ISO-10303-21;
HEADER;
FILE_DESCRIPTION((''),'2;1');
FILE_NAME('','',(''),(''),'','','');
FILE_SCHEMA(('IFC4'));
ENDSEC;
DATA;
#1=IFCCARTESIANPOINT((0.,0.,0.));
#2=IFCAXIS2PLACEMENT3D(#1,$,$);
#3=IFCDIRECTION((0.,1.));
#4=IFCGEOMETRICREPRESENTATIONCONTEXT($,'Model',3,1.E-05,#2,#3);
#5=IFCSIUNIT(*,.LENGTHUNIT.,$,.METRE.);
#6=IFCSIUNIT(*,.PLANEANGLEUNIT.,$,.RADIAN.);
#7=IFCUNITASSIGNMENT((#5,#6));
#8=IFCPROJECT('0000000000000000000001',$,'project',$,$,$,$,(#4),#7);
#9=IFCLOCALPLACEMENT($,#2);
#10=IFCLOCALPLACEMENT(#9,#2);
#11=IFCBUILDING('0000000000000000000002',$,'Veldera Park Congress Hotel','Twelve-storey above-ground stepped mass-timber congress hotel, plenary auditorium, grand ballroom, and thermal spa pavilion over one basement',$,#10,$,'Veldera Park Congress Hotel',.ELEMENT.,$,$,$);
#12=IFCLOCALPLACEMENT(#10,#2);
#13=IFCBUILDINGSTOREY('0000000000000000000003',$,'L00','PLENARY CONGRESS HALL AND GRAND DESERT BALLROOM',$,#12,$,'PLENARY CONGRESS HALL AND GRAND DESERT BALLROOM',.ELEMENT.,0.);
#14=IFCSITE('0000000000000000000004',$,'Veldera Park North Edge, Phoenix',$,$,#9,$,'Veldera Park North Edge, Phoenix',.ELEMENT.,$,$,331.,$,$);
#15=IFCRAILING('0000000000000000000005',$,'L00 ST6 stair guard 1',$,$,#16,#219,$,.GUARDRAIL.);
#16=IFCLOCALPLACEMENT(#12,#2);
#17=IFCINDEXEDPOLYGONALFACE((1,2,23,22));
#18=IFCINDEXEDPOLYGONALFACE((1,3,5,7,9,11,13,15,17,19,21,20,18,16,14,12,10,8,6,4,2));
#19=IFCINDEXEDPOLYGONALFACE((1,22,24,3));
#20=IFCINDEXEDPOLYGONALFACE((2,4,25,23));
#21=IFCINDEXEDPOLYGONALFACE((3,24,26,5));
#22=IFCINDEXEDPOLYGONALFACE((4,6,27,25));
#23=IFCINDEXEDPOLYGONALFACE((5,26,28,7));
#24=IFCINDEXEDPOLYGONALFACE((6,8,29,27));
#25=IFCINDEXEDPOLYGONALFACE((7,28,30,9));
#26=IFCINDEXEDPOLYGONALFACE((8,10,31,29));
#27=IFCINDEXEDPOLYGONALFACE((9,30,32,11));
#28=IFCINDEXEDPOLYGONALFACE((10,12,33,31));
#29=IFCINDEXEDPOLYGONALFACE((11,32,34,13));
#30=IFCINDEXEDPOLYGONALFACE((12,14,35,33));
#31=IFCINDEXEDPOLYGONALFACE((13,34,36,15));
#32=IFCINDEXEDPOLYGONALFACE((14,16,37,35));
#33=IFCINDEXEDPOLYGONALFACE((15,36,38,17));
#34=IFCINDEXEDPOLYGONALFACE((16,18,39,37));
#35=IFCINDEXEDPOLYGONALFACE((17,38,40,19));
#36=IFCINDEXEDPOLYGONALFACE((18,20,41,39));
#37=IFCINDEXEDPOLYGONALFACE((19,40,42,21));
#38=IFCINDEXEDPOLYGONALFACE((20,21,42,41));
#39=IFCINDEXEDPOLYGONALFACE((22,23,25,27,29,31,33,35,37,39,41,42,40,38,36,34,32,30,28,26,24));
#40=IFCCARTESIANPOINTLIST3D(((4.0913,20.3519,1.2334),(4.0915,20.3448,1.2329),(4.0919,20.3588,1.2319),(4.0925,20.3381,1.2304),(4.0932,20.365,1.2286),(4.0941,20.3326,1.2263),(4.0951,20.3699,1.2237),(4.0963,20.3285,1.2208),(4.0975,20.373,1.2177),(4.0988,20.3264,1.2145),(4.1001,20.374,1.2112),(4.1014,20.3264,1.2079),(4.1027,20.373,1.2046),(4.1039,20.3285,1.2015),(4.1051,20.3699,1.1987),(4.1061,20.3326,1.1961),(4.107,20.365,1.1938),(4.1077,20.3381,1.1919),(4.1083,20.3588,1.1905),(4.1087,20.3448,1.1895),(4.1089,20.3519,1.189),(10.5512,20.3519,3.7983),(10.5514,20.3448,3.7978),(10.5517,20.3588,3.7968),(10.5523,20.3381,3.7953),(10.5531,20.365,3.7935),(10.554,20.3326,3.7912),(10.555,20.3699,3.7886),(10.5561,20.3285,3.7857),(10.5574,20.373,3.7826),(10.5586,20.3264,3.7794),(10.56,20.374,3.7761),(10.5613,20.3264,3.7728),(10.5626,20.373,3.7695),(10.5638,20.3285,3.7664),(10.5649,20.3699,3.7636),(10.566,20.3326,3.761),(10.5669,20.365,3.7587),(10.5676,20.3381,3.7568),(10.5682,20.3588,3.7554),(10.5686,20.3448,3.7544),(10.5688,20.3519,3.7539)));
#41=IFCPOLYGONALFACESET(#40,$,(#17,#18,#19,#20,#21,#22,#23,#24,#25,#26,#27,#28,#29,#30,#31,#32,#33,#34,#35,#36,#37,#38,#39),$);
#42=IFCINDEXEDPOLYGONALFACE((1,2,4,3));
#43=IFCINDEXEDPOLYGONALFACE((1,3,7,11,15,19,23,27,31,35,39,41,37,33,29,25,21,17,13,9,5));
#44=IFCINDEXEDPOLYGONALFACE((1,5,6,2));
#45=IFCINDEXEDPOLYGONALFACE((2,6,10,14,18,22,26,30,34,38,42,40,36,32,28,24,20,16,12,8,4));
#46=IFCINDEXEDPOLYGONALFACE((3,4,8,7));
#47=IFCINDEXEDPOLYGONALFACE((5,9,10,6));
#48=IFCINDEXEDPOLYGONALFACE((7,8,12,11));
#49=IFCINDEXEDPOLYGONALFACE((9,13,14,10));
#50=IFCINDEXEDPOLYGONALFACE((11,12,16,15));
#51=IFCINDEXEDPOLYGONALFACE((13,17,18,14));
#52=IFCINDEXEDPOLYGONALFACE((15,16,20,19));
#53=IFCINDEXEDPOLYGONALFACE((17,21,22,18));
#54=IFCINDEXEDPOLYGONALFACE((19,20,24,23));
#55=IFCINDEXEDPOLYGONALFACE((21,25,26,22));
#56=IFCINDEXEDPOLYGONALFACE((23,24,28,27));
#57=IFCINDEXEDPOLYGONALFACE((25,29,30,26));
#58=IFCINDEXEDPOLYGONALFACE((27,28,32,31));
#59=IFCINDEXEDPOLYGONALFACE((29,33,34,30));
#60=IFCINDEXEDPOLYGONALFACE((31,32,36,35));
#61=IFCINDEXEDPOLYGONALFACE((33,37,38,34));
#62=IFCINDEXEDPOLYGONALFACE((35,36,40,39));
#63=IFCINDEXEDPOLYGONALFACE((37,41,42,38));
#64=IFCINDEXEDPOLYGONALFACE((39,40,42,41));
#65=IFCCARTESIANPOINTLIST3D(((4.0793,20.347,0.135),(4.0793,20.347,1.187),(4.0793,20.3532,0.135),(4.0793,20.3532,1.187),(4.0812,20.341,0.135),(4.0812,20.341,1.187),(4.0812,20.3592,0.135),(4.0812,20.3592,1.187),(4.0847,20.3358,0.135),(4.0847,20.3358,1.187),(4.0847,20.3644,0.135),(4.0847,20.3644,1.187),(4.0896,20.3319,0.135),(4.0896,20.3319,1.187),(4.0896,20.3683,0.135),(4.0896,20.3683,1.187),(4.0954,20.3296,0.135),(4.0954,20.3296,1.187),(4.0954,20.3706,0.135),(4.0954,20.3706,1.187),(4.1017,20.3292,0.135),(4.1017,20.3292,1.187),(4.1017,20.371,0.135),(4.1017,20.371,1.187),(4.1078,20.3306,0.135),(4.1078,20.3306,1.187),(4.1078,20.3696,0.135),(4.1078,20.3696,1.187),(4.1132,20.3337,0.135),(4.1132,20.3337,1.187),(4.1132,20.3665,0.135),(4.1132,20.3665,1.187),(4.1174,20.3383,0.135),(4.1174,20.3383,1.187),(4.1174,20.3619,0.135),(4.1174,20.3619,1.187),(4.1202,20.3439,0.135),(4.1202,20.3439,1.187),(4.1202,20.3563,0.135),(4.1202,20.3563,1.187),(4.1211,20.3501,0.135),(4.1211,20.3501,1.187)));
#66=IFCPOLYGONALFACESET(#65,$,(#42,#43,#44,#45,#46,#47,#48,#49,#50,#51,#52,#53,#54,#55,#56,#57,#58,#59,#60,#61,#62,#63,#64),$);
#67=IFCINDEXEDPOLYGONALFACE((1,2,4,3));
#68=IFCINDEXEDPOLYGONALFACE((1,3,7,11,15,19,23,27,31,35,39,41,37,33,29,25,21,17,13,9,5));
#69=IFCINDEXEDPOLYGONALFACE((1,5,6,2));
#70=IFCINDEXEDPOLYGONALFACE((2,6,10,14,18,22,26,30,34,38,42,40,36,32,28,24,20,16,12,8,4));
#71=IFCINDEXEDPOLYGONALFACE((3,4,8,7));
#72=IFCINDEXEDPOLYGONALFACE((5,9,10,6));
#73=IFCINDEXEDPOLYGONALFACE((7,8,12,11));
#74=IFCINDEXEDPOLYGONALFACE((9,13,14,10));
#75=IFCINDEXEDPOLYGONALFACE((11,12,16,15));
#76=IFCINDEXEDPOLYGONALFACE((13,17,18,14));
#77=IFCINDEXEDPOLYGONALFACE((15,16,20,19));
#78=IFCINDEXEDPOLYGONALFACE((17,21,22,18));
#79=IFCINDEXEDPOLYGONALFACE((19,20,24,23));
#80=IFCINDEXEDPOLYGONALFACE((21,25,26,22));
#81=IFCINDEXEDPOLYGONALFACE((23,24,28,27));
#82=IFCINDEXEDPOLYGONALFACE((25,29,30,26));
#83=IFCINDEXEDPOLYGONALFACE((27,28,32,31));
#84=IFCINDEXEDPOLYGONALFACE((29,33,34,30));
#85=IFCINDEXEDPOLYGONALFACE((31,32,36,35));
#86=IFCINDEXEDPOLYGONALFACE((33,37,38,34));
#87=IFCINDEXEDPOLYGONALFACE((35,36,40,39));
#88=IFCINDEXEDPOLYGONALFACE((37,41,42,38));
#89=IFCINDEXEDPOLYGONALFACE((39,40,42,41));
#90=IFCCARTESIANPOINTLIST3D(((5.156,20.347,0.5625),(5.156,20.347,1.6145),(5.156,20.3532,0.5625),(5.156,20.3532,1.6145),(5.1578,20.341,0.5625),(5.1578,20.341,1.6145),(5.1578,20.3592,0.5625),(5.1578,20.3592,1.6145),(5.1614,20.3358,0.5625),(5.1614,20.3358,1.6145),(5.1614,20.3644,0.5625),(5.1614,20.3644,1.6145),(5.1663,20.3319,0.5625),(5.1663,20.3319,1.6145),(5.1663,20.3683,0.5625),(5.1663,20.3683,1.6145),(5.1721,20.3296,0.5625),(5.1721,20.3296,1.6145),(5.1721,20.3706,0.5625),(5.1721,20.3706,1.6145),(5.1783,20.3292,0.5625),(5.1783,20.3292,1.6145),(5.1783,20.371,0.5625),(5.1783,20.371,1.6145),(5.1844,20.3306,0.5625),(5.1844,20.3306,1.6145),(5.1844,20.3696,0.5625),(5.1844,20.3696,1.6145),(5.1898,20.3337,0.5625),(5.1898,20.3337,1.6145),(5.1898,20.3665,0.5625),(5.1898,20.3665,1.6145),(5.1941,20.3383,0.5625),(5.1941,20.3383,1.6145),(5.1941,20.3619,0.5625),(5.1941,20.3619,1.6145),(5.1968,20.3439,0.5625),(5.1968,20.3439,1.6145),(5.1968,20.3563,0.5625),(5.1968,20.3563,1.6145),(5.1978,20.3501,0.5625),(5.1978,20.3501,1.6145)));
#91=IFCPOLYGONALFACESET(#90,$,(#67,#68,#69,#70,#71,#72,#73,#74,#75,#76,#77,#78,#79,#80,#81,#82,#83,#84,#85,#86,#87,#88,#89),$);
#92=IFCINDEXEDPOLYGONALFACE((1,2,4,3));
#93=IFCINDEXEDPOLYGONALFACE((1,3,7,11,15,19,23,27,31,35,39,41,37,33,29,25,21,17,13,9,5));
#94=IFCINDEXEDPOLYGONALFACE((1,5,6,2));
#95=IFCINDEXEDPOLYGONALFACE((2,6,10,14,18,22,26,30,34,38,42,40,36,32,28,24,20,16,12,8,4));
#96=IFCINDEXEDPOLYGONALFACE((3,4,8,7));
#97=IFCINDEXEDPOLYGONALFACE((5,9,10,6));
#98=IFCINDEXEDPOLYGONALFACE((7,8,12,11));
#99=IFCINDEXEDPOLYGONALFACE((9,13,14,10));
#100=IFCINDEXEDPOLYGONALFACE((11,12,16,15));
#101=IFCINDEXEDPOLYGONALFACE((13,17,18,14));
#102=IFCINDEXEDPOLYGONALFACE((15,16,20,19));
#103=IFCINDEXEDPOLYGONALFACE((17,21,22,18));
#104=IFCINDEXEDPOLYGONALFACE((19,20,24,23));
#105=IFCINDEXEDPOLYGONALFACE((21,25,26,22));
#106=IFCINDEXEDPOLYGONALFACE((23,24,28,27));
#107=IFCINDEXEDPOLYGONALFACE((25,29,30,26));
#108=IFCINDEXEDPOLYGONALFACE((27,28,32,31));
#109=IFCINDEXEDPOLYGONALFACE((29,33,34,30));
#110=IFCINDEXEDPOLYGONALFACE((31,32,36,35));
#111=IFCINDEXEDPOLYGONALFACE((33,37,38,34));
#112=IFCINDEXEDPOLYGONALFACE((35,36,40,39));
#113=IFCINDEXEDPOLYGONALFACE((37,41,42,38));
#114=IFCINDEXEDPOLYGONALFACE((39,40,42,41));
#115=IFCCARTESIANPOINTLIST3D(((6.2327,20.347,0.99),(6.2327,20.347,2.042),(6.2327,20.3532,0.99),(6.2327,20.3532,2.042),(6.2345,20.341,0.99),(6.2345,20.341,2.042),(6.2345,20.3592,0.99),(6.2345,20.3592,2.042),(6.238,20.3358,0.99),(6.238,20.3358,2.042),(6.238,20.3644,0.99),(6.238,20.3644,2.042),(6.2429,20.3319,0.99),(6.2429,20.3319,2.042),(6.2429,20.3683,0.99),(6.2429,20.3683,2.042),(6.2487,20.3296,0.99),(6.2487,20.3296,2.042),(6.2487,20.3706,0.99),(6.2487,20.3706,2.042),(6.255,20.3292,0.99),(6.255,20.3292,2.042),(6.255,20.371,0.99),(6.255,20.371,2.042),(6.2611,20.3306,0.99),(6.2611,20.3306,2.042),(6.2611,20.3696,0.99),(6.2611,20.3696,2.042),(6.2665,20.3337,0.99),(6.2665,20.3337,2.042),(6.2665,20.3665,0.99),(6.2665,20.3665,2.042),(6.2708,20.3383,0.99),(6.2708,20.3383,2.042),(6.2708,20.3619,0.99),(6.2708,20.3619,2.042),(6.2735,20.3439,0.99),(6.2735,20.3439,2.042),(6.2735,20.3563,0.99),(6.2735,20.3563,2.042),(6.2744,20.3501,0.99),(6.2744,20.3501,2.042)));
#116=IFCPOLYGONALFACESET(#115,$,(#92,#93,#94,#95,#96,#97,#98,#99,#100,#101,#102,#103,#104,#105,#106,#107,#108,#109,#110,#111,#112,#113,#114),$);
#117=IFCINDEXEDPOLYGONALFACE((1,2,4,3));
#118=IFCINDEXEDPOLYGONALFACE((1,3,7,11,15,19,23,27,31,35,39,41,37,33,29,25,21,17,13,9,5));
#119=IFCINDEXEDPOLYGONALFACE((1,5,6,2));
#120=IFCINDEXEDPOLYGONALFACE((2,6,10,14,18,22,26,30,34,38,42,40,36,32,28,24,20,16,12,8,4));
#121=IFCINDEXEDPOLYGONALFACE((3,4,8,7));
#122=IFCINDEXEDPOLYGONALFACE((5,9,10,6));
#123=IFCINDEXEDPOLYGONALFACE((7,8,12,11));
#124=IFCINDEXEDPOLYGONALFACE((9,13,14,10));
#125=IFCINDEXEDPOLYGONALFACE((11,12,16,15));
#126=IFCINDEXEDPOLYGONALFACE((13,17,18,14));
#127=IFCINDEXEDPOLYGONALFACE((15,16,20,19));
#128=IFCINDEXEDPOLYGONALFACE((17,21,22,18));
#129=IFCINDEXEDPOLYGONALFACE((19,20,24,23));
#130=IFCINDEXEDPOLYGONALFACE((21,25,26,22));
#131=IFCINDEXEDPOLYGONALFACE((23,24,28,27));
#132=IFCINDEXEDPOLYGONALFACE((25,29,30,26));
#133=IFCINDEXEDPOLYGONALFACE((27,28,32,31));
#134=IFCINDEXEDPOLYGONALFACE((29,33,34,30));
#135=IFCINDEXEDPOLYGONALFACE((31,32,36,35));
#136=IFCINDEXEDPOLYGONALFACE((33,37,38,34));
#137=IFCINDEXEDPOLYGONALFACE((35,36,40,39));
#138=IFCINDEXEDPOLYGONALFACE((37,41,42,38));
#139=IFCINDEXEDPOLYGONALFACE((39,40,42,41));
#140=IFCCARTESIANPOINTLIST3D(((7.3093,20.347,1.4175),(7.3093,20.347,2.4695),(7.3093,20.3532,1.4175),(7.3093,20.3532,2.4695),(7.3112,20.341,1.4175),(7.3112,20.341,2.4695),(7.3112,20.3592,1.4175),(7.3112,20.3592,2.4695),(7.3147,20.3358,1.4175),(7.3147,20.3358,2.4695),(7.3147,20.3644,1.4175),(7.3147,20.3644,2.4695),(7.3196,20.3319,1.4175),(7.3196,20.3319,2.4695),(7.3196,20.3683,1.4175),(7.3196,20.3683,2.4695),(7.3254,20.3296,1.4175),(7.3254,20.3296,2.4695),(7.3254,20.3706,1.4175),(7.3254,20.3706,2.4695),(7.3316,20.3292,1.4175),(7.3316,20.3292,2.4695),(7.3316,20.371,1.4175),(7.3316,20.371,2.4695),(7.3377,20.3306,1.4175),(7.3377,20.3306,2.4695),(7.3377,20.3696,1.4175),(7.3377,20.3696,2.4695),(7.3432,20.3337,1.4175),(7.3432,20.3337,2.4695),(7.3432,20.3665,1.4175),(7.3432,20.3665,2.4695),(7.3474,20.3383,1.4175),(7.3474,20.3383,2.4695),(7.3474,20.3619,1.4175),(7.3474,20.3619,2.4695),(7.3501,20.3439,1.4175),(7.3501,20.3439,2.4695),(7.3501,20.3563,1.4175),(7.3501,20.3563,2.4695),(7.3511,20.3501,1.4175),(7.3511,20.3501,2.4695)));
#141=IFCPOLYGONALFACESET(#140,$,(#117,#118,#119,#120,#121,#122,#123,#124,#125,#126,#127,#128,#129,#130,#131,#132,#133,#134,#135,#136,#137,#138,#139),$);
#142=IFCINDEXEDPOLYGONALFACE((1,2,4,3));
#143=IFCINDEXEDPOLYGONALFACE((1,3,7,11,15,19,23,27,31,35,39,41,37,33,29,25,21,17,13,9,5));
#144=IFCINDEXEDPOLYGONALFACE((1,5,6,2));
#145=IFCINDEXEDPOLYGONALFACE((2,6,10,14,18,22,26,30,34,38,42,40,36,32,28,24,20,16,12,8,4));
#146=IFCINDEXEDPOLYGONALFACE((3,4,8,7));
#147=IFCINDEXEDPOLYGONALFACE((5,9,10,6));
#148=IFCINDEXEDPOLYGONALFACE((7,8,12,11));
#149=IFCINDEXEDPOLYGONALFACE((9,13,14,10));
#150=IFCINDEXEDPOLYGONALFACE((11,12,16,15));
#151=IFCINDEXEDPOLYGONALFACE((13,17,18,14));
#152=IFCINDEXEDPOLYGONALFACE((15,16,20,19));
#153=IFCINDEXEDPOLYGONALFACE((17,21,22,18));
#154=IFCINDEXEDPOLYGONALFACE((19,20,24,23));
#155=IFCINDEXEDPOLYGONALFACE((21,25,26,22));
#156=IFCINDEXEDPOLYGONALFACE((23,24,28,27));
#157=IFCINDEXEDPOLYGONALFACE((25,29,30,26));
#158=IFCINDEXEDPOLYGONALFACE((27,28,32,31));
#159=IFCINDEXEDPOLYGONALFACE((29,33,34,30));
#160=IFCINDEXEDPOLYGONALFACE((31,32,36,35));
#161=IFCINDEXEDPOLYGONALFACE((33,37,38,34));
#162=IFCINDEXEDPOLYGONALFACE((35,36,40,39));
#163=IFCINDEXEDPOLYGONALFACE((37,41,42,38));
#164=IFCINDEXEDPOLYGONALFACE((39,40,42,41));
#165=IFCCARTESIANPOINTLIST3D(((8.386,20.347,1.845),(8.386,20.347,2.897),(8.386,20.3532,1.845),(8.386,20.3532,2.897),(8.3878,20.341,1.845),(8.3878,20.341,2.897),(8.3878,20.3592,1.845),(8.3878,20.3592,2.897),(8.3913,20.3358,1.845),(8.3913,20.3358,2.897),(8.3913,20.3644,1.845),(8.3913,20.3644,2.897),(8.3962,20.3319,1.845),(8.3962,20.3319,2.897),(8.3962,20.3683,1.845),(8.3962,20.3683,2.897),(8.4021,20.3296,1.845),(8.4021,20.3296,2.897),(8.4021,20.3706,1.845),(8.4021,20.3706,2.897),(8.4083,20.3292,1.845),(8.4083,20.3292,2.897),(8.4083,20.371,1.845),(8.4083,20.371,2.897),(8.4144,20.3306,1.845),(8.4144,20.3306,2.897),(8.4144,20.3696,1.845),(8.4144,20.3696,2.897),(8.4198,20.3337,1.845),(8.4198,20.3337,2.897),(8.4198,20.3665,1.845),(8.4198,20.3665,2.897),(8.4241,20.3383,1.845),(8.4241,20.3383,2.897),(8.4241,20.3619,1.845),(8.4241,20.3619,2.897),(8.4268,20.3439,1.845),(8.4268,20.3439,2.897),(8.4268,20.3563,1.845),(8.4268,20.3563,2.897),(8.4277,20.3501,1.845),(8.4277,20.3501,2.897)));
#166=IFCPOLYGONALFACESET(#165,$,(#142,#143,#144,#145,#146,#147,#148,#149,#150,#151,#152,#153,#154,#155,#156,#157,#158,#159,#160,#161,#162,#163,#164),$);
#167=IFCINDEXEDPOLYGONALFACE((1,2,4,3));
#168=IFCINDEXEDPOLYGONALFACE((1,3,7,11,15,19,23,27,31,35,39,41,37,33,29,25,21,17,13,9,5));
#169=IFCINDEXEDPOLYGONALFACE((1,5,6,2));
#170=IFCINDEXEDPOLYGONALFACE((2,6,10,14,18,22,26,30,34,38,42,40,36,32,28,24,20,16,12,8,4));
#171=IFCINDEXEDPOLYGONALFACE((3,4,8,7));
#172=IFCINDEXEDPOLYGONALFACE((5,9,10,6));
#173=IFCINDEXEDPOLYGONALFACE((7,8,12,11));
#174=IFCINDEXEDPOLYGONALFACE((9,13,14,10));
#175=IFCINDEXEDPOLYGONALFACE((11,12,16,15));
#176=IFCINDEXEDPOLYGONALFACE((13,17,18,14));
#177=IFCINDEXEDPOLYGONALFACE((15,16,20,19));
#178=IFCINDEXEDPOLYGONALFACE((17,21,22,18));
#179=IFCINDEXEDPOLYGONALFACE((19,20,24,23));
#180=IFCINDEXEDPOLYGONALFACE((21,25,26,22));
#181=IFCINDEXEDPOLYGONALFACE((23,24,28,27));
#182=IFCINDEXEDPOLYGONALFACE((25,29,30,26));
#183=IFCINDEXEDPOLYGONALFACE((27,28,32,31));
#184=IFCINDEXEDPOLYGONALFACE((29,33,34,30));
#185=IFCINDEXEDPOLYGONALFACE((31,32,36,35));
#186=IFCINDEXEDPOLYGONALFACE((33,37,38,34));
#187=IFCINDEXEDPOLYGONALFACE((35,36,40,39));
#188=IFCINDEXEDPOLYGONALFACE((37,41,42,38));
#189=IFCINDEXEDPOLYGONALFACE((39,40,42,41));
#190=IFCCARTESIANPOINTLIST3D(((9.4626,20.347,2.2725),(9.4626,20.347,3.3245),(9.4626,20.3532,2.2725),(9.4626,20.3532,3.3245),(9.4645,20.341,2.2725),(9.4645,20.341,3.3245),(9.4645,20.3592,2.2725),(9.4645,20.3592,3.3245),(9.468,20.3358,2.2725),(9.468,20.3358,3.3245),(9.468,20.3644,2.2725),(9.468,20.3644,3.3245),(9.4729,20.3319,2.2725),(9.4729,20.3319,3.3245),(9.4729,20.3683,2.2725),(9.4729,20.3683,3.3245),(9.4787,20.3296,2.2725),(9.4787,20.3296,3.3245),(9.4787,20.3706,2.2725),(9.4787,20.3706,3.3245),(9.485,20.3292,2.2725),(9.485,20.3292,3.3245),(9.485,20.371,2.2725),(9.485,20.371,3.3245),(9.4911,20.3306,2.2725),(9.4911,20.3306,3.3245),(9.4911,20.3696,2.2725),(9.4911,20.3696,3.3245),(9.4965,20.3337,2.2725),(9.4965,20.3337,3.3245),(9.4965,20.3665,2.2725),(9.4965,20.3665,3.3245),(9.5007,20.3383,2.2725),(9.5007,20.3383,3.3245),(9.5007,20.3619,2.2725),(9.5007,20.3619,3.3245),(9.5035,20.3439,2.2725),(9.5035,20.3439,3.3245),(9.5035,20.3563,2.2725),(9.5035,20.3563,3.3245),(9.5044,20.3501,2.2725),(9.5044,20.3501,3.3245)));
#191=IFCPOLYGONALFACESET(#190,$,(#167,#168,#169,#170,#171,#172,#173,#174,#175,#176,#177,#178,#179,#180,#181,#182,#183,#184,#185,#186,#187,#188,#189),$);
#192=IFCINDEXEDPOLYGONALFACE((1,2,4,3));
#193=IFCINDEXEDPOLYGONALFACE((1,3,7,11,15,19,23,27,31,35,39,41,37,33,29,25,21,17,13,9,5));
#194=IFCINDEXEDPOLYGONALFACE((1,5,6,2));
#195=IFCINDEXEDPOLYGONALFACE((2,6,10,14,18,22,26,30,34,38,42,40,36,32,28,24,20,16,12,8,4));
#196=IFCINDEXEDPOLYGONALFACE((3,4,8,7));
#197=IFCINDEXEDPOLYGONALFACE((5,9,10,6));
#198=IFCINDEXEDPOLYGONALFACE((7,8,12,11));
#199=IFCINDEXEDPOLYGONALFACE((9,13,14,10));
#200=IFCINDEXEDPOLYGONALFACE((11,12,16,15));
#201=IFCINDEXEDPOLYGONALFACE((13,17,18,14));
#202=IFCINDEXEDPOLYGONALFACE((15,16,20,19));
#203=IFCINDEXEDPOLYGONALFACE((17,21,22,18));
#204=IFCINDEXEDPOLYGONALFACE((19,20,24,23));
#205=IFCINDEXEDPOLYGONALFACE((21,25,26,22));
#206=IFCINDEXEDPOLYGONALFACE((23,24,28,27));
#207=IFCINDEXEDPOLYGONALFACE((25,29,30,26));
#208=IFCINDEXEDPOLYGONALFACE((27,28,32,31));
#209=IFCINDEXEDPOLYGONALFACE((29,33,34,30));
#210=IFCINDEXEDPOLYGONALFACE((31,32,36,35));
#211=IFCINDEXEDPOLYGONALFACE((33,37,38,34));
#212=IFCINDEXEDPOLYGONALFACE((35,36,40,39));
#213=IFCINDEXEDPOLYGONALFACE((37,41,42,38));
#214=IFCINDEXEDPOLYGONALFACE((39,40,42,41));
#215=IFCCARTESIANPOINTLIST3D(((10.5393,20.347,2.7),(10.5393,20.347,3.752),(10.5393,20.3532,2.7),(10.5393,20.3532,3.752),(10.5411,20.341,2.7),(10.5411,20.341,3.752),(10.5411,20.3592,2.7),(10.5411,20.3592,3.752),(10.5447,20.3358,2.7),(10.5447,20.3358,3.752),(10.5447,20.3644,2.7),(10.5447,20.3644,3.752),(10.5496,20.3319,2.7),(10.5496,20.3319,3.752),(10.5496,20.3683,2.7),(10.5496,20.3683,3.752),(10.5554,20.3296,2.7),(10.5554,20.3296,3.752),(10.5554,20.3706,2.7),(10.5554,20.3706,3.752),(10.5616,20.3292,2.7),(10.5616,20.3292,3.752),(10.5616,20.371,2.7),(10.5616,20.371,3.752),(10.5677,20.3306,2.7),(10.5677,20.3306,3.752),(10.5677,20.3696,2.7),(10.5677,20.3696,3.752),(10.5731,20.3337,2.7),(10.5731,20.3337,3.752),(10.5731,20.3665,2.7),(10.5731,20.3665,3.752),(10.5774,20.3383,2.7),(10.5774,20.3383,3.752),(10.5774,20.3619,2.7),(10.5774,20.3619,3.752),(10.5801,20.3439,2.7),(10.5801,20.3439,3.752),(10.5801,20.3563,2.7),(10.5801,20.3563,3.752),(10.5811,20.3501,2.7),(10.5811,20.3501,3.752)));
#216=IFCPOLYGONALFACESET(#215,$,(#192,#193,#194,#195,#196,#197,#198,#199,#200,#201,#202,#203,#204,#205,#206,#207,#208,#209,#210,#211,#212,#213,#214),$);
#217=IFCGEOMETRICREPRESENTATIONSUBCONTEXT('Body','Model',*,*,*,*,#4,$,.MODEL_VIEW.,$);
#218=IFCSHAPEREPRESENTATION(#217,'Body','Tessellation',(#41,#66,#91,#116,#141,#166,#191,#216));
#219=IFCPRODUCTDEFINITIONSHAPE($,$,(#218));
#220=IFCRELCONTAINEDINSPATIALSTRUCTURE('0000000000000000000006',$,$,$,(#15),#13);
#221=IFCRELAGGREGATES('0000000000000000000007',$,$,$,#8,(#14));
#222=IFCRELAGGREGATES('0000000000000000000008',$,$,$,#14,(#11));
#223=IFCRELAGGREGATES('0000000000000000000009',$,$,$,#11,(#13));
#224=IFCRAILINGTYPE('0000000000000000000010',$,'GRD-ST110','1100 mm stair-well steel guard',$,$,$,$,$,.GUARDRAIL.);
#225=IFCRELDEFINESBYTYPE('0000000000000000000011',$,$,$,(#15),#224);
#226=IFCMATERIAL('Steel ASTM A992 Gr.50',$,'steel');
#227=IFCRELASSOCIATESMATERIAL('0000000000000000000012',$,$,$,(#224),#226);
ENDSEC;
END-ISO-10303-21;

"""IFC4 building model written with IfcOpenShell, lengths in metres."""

from ifc_helpers import new_model, si_unit, direction, frame, origin, origin_2d, place, context, subcontext, project, spatial, circle, extrude, material, type_object, element, save


model = new_model("IFC4")

# Units and contexts
model_context = context("Model", 3, precision=1e-05, world=origin(), true_north=direction((0.0, 1.0)))
body_context = subcontext(model_context, "Body", "Model", "MODEL_VIEW")
ifc_project = project(units=[si_unit("LENGTHUNIT", "METRE"), si_unit("PLANEANGLEUNIT", "RADIAN")], contexts=[model_context])

# Site, building, storey
site_placement = place(None, origin())
site = spatial("IfcSite", under=ifc_project, at=site_placement, Name="Veldera Park North Edge, Phoenix", LongName="Veldera Park North Edge, Phoenix", CompositionType="ELEMENT", RefElevation=331.0)
building_placement = place(site_placement, origin())
building = spatial("IfcBuilding", under=site, at=building_placement, Name="Veldera Park Congress Hotel", Description="Twelve-storey above-ground stepped mass-timber congress hotel, plenary auditorium, grand ballroom, and thermal spa pavilion over one basement", LongName="Veldera Park Congress Hotel", CompositionType="ELEMENT")
storey_placement = place(building_placement, origin())
storey = spatial("IfcBuildingStorey", under=building, at=storey_placement, Name="L00", Description="PLENARY CONGRESS HALL AND GRAND DESERT BALLROOM", LongName="PLENARY CONGRESS HALL AND GRAND DESERT BALLROOM", CompositionType="ELEMENT", Elevation=0.0)

# Shared definitions
ifc_material_1 = material(Name="Steel ASTM A992 Gr.50", Category="steel")

# Railing
railing_type_1 = type_object("IfcRailingType", Name="GRD-ST110", Description="1100 mm stair-well steel guard", PredefinedType="GUARDRAIL", material=ifc_material_1)
railing_1_placement = place(storey_placement, frame((4.1001, 20.3501, 0.135)))
element("IfcRailing", 1, at=railing_1_placement, inside=storey, type_object=railing_type_1, Name="L00 ST6 stair guard 1", PredefinedType="GUARDRAIL", context=body_context, shape_type="SweptSolid", body=[
    extrude(circle(Radius=0.0239, at=origin_2d()), frame((0.0, 0.0, 1.0762), z_axis=(0.929418, 0.0, 0.369028), x_axis=(0.0, 1.0, 0.0)), (0.0, 0.0, 1.0), 6.9504),
    extrude(circle(Radius=0.021, at=origin_2d()), origin(), (0.0, 0.0, 1.0), 1.052),
    extrude(circle(Radius=0.021, at=origin_2d()), frame((1.0767, 0.0, 0.4275)), (0.0, 0.0, 1.0), 1.052),
    extrude(circle(Radius=0.021, at=origin_2d()), frame((2.1533, 0.0, 0.855)), (0.0, 0.0, 1.0), 1.052),
    extrude(circle(Radius=0.021, at=origin_2d()), frame((3.23, 0.0, 1.2825)), (0.0, 0.0, 1.0), 1.052),
    extrude(circle(Radius=0.021, at=origin_2d()), frame((4.3066, 0.0, 1.71)), (0.0, 0.0, 1.0), 1.052),
    extrude(circle(Radius=0.021, at=origin_2d()), frame((5.3833, 0.0, 2.1375)), (0.0, 0.0, 1.0), 1.052),
    extrude(circle(Radius=0.021, at=origin_2d()), frame((6.46, 0.0, 2.5649)), (0.0, 0.0, 1.0), 1.052),
])

save(model, "model.ifc")
